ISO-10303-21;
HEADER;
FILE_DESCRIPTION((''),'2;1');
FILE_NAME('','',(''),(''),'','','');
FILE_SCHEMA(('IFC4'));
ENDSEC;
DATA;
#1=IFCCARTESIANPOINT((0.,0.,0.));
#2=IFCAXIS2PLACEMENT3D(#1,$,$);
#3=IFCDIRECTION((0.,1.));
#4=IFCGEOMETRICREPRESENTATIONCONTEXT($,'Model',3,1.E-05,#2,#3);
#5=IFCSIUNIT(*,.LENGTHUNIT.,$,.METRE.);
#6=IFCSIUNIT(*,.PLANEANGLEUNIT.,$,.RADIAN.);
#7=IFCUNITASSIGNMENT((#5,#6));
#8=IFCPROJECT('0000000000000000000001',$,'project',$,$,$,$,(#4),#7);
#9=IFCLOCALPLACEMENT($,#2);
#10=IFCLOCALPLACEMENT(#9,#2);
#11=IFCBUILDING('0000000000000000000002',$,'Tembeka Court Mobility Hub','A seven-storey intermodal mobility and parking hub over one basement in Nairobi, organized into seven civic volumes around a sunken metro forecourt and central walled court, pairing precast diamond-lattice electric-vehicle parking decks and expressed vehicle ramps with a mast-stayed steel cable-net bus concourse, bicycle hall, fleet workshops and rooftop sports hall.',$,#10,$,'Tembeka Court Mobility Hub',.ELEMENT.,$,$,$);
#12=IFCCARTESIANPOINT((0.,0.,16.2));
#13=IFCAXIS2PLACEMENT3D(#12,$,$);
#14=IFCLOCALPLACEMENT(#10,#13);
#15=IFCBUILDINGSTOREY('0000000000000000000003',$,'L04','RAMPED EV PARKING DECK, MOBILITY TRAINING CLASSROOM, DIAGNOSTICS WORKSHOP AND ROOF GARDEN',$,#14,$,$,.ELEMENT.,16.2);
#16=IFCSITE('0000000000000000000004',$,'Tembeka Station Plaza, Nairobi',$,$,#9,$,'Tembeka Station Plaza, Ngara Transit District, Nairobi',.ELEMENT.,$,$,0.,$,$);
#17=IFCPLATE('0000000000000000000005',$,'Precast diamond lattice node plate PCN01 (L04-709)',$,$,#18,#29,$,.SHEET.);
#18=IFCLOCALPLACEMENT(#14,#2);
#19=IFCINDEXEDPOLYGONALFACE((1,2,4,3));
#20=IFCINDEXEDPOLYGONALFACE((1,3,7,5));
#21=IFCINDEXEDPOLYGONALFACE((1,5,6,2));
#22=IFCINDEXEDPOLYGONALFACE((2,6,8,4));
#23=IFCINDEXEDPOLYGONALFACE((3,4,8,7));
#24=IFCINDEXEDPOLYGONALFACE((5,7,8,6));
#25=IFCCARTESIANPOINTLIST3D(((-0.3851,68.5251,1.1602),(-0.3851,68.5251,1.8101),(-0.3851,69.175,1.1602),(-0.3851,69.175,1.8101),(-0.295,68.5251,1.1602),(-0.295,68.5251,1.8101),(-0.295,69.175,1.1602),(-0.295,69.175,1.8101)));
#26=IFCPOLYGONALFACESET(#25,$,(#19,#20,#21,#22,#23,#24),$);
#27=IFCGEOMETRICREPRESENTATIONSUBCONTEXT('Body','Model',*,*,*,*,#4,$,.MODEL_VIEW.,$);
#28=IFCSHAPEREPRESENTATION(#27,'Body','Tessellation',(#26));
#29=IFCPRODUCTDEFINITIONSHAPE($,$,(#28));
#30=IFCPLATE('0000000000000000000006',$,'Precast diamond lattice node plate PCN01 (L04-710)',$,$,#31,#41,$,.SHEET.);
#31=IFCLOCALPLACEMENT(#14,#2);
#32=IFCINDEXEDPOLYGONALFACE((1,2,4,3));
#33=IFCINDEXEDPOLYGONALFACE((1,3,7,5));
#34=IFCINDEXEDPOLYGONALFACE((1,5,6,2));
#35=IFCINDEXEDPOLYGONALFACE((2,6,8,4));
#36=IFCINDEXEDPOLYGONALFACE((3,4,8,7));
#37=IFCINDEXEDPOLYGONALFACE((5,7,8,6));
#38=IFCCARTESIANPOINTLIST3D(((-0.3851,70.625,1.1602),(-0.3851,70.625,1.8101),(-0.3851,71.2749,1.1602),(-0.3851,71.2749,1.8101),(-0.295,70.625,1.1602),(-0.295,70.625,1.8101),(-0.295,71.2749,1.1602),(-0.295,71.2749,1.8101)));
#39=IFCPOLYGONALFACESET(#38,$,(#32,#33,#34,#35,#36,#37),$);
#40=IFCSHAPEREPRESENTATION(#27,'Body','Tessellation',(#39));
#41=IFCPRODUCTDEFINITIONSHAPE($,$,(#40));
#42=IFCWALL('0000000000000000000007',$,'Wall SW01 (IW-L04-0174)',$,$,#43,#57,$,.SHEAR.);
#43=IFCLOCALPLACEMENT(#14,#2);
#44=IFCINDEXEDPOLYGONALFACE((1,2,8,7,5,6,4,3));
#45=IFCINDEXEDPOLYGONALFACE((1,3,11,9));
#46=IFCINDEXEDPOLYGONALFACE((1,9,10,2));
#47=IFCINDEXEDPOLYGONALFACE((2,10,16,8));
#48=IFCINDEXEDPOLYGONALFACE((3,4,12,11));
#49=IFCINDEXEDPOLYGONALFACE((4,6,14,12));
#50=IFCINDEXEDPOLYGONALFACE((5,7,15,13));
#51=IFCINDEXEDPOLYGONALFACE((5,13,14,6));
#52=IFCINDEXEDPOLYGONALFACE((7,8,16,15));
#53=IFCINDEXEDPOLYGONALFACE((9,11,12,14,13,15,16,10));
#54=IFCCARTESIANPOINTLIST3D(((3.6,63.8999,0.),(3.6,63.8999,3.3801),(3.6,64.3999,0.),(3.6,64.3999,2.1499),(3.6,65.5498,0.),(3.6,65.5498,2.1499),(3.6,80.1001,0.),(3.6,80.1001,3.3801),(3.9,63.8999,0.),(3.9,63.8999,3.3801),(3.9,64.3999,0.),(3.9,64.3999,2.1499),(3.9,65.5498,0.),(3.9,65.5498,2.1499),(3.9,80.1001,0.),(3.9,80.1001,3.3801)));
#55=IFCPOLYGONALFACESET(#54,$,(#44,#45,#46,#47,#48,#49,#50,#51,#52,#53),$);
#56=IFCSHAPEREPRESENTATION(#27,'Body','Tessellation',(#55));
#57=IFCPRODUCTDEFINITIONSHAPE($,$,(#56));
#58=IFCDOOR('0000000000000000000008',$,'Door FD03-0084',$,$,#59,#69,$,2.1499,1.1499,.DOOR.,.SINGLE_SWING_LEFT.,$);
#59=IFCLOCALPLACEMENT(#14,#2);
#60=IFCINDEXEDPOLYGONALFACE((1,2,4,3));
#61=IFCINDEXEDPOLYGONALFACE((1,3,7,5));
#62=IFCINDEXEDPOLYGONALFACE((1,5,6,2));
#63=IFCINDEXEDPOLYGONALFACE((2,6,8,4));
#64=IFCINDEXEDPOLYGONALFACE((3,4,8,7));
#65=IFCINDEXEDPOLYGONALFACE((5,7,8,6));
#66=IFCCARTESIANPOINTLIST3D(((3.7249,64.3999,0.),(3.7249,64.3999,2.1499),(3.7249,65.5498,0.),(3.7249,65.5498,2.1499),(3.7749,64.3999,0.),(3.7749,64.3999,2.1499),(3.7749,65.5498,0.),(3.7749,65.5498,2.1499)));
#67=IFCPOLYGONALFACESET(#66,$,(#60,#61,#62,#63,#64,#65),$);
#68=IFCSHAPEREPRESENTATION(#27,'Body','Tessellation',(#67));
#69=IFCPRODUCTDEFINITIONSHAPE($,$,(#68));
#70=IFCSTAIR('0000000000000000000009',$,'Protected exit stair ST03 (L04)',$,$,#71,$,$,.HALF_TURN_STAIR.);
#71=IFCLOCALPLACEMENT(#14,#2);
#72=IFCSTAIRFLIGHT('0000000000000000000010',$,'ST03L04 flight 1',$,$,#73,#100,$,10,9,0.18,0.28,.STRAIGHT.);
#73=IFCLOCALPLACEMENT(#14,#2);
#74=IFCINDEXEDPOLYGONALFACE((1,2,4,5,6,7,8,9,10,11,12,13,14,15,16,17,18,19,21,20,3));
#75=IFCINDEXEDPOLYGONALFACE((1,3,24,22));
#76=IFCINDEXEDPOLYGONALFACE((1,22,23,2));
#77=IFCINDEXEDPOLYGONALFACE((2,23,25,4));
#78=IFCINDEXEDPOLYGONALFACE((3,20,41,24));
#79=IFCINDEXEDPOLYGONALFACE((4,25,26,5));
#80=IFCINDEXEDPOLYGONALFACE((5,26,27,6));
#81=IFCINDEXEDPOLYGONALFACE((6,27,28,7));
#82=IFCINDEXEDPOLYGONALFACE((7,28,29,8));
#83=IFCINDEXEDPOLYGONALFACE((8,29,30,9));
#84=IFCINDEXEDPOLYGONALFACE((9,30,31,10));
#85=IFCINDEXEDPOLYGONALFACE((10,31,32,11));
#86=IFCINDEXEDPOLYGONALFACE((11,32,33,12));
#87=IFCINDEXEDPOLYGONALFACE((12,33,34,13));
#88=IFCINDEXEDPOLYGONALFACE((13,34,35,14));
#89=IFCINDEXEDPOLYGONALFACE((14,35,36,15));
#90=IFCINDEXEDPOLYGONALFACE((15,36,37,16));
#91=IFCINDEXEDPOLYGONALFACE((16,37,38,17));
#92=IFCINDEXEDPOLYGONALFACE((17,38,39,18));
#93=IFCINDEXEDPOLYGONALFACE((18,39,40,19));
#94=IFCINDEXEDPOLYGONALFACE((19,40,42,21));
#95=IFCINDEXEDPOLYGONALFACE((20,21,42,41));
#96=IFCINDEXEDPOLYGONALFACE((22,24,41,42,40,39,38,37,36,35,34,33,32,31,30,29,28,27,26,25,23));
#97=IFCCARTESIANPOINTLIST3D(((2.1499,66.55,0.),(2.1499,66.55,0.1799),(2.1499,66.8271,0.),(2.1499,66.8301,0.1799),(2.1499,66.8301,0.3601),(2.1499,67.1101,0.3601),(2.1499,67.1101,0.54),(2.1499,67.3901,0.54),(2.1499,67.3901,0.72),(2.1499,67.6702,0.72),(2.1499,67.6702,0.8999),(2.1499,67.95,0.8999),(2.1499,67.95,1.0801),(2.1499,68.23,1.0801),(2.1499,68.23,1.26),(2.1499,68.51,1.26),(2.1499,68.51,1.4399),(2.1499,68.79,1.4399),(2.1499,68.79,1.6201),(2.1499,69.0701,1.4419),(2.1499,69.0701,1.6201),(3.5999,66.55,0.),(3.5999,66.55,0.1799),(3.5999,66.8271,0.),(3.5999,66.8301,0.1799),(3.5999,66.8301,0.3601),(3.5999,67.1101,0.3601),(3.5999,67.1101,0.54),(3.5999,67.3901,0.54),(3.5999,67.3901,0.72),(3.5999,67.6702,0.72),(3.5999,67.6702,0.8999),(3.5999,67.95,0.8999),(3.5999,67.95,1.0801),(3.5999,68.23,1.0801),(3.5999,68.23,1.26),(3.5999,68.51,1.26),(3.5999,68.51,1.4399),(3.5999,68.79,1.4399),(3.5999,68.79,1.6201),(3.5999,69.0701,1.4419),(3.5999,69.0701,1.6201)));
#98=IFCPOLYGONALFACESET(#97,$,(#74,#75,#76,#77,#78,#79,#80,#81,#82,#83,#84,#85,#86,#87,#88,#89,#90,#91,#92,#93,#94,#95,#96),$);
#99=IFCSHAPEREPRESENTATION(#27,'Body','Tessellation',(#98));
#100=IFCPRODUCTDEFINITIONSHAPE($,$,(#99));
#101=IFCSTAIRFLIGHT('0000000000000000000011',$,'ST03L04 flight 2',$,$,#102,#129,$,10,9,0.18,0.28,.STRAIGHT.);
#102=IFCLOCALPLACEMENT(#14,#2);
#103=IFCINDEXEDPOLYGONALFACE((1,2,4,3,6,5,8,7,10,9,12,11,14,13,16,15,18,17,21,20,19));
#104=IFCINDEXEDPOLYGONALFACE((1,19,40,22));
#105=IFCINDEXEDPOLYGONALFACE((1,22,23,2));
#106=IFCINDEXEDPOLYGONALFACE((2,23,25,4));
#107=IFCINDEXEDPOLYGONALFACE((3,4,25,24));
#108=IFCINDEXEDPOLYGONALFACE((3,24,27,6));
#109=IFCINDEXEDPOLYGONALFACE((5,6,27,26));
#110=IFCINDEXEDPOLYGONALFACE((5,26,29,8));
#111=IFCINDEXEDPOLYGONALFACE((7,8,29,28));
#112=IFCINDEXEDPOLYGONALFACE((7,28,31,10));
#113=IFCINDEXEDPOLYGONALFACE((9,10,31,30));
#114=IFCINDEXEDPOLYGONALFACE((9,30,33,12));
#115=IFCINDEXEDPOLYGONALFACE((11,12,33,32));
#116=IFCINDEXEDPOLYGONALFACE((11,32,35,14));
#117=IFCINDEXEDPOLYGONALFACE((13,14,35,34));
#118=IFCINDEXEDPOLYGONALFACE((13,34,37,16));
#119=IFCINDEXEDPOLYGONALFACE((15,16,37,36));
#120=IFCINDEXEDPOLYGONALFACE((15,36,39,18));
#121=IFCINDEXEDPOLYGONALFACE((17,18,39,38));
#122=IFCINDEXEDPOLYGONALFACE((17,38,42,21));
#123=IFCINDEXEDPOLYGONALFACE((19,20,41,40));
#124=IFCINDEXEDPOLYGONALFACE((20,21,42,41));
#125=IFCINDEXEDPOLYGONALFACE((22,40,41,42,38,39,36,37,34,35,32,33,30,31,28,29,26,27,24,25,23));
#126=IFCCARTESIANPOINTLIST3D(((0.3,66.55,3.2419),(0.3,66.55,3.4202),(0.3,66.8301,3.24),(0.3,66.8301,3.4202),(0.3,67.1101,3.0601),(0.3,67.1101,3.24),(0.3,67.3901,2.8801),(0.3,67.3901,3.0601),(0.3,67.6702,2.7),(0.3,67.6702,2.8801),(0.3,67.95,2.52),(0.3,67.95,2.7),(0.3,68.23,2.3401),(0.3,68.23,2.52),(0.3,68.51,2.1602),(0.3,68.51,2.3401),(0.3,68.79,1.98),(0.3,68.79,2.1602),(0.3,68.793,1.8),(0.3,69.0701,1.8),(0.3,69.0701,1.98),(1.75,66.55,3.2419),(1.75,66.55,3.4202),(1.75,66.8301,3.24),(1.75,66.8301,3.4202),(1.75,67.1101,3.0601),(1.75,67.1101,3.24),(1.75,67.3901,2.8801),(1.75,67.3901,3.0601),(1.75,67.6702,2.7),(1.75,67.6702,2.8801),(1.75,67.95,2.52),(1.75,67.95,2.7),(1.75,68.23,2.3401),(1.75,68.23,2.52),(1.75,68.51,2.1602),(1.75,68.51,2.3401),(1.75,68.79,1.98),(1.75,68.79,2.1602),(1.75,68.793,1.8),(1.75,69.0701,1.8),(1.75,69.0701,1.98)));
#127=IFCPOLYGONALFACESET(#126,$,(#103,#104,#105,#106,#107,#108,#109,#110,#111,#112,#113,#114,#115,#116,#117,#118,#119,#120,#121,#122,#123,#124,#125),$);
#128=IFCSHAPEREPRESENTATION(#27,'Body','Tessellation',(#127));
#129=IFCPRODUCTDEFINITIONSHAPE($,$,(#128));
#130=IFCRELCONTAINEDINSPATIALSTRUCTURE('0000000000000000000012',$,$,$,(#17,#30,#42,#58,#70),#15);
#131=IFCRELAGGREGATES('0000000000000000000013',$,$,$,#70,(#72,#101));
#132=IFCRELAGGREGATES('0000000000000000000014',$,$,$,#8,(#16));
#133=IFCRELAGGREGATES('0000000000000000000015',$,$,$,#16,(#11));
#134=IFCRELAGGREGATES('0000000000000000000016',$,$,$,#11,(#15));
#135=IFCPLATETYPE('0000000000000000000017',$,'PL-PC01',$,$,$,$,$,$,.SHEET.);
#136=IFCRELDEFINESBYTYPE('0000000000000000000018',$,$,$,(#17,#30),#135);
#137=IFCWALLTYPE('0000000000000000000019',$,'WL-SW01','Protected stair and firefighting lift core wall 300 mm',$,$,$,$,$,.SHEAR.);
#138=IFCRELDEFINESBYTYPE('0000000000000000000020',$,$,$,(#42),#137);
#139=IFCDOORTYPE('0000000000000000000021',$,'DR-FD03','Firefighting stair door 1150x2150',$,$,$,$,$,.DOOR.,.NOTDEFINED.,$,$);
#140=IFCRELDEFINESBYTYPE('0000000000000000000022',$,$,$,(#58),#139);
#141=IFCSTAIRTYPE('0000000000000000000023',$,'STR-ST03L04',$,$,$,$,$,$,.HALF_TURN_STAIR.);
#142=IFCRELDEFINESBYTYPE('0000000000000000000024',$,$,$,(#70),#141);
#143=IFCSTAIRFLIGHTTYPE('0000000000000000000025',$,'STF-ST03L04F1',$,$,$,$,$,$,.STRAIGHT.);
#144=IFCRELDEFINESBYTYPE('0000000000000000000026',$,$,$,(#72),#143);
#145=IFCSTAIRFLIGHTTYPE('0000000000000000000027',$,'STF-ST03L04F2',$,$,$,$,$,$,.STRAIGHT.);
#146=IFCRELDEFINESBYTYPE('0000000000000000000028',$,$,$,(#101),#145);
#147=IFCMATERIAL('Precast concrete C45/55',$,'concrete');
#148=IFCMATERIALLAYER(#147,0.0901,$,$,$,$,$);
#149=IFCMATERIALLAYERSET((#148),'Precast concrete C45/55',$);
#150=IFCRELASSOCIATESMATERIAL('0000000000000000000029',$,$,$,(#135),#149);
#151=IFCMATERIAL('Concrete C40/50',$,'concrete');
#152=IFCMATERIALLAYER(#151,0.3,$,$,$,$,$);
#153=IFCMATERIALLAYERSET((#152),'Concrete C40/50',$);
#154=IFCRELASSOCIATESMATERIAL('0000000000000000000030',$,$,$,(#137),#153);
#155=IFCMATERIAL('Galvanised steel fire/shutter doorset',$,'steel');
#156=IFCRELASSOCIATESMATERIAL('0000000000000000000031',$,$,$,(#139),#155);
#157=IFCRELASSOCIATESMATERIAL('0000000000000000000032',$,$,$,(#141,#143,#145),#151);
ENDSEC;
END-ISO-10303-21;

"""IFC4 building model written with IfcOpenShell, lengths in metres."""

from ifc_helpers import new_model, si_unit, direction, frame, frame_2d, origin, origin_2d, place, context, subcontext, project, spatial, polyline, rectangle, outline, extrude, material, layer, layer_set, type_object, element, fill, aggregate, save


model = new_model("IFC4")

# Units and contexts
model_context = context("Model", 3, precision=1e-05, world=origin(), true_north=direction((0.0, 1.0)))
body_context = subcontext(model_context, "Body", "Model", "MODEL_VIEW")
ifc_project = project(units=[si_unit("LENGTHUNIT", "METRE"), si_unit("PLANEANGLEUNIT", "RADIAN")], contexts=[model_context])

# Site, building, storey
site_placement = place(None, origin())
site = spatial("IfcSite", under=ifc_project, at=site_placement, Name="Tembeka Station Plaza, Nairobi", LongName="Tembeka Station Plaza, Ngara Transit District, Nairobi", CompositionType="ELEMENT", RefElevation=0.0)
building_placement = place(site_placement, origin())
building = spatial("IfcBuilding", under=site, at=building_placement, Name="Tembeka Court Mobility Hub", Description="A seven-storey intermodal mobility and parking hub over one basement in Nairobi, organized into seven civic volumes around a sunken metro forecourt and central walled court, pairing precast diamond-lattice electric-vehicle parking decks and expressed vehicle ramps with a mast-stayed steel cable-net bus concourse, bicycle hall, fleet workshops and rooftop sports hall.", LongName="Tembeka Court Mobility Hub", CompositionType="ELEMENT")
storey_placement = place(building_placement, frame((0.0, 0.0, 16.2)))
storey = spatial("IfcBuildingStorey", under=building, at=storey_placement, Name="L04", Description="RAMPED EV PARKING DECK, MOBILITY TRAINING CLASSROOM, DIAGNOSTICS WORKSHOP AND ROOF GARDEN", CompositionType="ELEMENT", Elevation=16.2)

# Shared definitions
ifc_material_1 = material(Name="Precast concrete C45/55", Category="concrete")

# Plates
ifc_layer_1 = layer(ifc_material_1, 0.0901)
ifc_layer_set_1 = layer_set([ifc_layer_1], Name="Precast concrete C45/55")
plate_type = type_object("IfcPlateType", Name="PL-PC01", PredefinedType="SHEET", material=ifc_layer_set_1)
for number, where, z_axis, x_axis, name in (
    (1, (-0.3401, 68.8501, 1.1602), (0.0, 0.0, 1.0), (1.0, 0.0, 0.0), "Precast diamond lattice node plate PCN01 (L04-709)"),
    (2, (-0.3401, 70.95, 1.1602), (0.0, 0.0, 1.0), (1.0, 0.0, 0.0), "Precast diamond lattice node plate PCN01 (L04-710)"),
):
    element("IfcPlate", number, at=place(storey_placement, frame(where, z_axis=z_axis, x_axis=x_axis)), inside=storey, type_object=plate_type, Name=name, PredefinedType="SHEET", context=body_context, shape_type="SweptSolid", body=[
        extrude(rectangle(XDim=0.0901, YDim=0.6499, at=origin_2d()), origin(), (0.0, 0.0, 1.0), 0.6499),
    ])

# Wall, opening, door
ifc_material_2 = material(Name="Concrete C40/50", Category="concrete")
ifc_layer_2 = layer(ifc_material_2, 0.3)
ifc_layer_set_2 = layer_set([ifc_layer_2], Name="Concrete C40/50")
wall_type = type_object("IfcWallType", Name="WL-SW01", Description="Protected stair and firefighting lift core wall 300 mm", PredefinedType="SHEAR", material=ifc_layer_set_2)
wall_placement = place(storey_placement, frame((3.75, 63.8999, 0.0), z_axis=(0.0, 0.0, 1.0), x_axis=(0.0, 1.0, 0.0)))
wall = element("IfcWall", 3, at=wall_placement, inside=storey, type_object=wall_type, Name="Wall SW01 (IW-L04-0174)", PredefinedType="SHEAR", context=body_context, shape_type="SweptSolid", body=[
    extrude(rectangle(XDim=16.2002, YDim=0.3, at=frame_2d((8.1001, 0.0))), origin(), (0.0, 0.0, 1.0), 3.3801),
])
opening_placement = place(wall_placement, frame((0.5, 0.0, 0.0)))
opening = element("IfcOpeningElement", 4, at=opening_placement, cuts=wall, PredefinedType="OPENING", context=body_context, shape_type="SweptSolid", body=[
    extrude(rectangle(XDim=1.1499, YDim=2.1499, at=frame_2d((0.575, 1.075))), frame((0.0, 0.1602, 0.0), z_axis=(0.0, -1.0, 0.0), x_axis=(1.0, 0.0, 0.0)), (0.0, 0.0, 1.0), 0.3201),
])
ifc_material_3 = material(Name="Galvanised steel fire/shutter doorset", Category="steel")
door_type = type_object("IfcDoorType", Name="DR-FD03", Description="Firefighting stair door 1150x2150", OperationType="NOTDEFINED", PredefinedType="DOOR", material=ifc_material_3)
door_placement = place(opening_placement, frame((1.1499, 0.0, 0.0), z_axis=(0.0, 0.0, 1.0), x_axis=(-1.0, 0.0, 0.0)))
door = element("IfcDoor", 5, at=door_placement, inside=storey, type_object=door_type, Name="Door FD03-0084", OperationType="SINGLE_SWING_LEFT", OverallHeight=2.1499, OverallWidth=1.1499, PredefinedType="DOOR", context=body_context, shape_type="SweptSolid", body=[
    extrude(rectangle(XDim=1.1499, YDim=2.1499, at=frame_2d((0.575, 1.075))), frame((0.0, 0.0249, 0.0), z_axis=(0.0, -1.0, 0.0), x_axis=(1.0, 0.0, 0.0)), (0.0, 0.0, 1.0), 0.05),
])
fill(opening, door)

# Stair, stair flights
stair_type = type_object("IfcStairType", Name="STR-ST03L04", PredefinedType="HALF_TURN_STAIR", material=ifc_material_2)
stair_placement = place(storey_placement, origin())
stair = element("IfcStair", 6, at=stair_placement, inside=storey, type_object=stair_type, Name="Protected exit stair ST03 (L04)", PredefinedType="HALF_TURN_STAIR")
stair_flight_type_1 = type_object("IfcStairFlightType", Name="STF-ST03L04F1", PredefinedType="STRAIGHT", material=ifc_material_2)
stair_flight_1_placement = place(storey_placement, frame((2.875, 66.55, 0.0), z_axis=(0.0, 0.0, 1.0), x_axis=(0.0, 1.0, 0.0)))
stair_flight_1 = element("IfcStairFlight", 7, at=stair_flight_1_placement, type_object=stair_flight_type_1, Name="ST03L04 flight 1", NumberOfRisers=10, NumberOfTreads=9, PredefinedType="STRAIGHT", RiserHeight=0.18, TreadLength=0.28, context=body_context, shape_type="SweptSolid", body=[
    extrude(outline(polyline([(0.0, 0.0), (0.0, 0.1799), (0.28, 0.1799), (0.28, 0.3601), (0.5601, 0.3601), (0.5601, 0.54), (0.8401, 0.54), (0.8401, 0.72), (1.1201, 0.72), (1.1201, 0.8999), (1.3999, 0.8999), (1.3999, 1.0801), (1.6799, 1.0801), (1.6799, 1.26), (1.96, 1.26), (1.96, 1.4399), (2.24, 1.4399), (2.24, 1.6201), (2.52, 1.6201), (2.52, 1.8), (2.52, 1.4419), (0.2771, 0.0), (0.0, 0.0)])), frame((0.0, 0.7251, 0.0), z_axis=(0.0, -1.0, 0.0), x_axis=(1.0, 0.0, 0.0)), (0.0, 0.0, 1.0), 1.45),
])
stair_flight_type_2 = type_object("IfcStairFlightType", Name="STF-ST03L04F2", PredefinedType="STRAIGHT", material=ifc_material_2)
stair_flight_2_placement = place(storey_placement, frame((1.0249, 69.0701, 1.8), z_axis=(0.0, 0.0, 1.0), x_axis=(0.0, -1.0, 0.0)))
stair_flight_2 = element("IfcStairFlight", 8, at=stair_flight_2_placement, type_object=stair_flight_type_2, Name="ST03L04 flight 2", NumberOfRisers=10, NumberOfTreads=9, PredefinedType="STRAIGHT", RiserHeight=0.18, TreadLength=0.28, context=body_context, shape_type="SweptSolid", body=[
    extrude(outline(polyline([(0.0, 0.0), (0.0, 0.1799), (0.28, 0.1799), (0.28, 0.3601), (0.5601, 0.3601), (0.5601, 0.54), (0.8401, 0.54), (0.8401, 0.72), (1.1201, 0.72), (1.1201, 0.8999), (1.3999, 0.8999), (1.3999, 1.0801), (1.6799, 1.0801), (1.6799, 1.26), (1.96, 1.26), (1.96, 1.4399), (2.24, 1.4399), (2.24, 1.6201), (2.52, 1.6201), (2.52, 1.8), (2.52, 1.4419), (0.2771, 0.0), (0.0, 0.0)])), frame((0.0, 0.7251, 0.0), z_axis=(0.0, -1.0, 0.0), x_axis=(1.0, 0.0, 0.0)), (0.0, 0.0, 1.0), 1.45),
])
aggregate(stair, [stair_flight_1, stair_flight_2])

save(model, "model.ifc")
